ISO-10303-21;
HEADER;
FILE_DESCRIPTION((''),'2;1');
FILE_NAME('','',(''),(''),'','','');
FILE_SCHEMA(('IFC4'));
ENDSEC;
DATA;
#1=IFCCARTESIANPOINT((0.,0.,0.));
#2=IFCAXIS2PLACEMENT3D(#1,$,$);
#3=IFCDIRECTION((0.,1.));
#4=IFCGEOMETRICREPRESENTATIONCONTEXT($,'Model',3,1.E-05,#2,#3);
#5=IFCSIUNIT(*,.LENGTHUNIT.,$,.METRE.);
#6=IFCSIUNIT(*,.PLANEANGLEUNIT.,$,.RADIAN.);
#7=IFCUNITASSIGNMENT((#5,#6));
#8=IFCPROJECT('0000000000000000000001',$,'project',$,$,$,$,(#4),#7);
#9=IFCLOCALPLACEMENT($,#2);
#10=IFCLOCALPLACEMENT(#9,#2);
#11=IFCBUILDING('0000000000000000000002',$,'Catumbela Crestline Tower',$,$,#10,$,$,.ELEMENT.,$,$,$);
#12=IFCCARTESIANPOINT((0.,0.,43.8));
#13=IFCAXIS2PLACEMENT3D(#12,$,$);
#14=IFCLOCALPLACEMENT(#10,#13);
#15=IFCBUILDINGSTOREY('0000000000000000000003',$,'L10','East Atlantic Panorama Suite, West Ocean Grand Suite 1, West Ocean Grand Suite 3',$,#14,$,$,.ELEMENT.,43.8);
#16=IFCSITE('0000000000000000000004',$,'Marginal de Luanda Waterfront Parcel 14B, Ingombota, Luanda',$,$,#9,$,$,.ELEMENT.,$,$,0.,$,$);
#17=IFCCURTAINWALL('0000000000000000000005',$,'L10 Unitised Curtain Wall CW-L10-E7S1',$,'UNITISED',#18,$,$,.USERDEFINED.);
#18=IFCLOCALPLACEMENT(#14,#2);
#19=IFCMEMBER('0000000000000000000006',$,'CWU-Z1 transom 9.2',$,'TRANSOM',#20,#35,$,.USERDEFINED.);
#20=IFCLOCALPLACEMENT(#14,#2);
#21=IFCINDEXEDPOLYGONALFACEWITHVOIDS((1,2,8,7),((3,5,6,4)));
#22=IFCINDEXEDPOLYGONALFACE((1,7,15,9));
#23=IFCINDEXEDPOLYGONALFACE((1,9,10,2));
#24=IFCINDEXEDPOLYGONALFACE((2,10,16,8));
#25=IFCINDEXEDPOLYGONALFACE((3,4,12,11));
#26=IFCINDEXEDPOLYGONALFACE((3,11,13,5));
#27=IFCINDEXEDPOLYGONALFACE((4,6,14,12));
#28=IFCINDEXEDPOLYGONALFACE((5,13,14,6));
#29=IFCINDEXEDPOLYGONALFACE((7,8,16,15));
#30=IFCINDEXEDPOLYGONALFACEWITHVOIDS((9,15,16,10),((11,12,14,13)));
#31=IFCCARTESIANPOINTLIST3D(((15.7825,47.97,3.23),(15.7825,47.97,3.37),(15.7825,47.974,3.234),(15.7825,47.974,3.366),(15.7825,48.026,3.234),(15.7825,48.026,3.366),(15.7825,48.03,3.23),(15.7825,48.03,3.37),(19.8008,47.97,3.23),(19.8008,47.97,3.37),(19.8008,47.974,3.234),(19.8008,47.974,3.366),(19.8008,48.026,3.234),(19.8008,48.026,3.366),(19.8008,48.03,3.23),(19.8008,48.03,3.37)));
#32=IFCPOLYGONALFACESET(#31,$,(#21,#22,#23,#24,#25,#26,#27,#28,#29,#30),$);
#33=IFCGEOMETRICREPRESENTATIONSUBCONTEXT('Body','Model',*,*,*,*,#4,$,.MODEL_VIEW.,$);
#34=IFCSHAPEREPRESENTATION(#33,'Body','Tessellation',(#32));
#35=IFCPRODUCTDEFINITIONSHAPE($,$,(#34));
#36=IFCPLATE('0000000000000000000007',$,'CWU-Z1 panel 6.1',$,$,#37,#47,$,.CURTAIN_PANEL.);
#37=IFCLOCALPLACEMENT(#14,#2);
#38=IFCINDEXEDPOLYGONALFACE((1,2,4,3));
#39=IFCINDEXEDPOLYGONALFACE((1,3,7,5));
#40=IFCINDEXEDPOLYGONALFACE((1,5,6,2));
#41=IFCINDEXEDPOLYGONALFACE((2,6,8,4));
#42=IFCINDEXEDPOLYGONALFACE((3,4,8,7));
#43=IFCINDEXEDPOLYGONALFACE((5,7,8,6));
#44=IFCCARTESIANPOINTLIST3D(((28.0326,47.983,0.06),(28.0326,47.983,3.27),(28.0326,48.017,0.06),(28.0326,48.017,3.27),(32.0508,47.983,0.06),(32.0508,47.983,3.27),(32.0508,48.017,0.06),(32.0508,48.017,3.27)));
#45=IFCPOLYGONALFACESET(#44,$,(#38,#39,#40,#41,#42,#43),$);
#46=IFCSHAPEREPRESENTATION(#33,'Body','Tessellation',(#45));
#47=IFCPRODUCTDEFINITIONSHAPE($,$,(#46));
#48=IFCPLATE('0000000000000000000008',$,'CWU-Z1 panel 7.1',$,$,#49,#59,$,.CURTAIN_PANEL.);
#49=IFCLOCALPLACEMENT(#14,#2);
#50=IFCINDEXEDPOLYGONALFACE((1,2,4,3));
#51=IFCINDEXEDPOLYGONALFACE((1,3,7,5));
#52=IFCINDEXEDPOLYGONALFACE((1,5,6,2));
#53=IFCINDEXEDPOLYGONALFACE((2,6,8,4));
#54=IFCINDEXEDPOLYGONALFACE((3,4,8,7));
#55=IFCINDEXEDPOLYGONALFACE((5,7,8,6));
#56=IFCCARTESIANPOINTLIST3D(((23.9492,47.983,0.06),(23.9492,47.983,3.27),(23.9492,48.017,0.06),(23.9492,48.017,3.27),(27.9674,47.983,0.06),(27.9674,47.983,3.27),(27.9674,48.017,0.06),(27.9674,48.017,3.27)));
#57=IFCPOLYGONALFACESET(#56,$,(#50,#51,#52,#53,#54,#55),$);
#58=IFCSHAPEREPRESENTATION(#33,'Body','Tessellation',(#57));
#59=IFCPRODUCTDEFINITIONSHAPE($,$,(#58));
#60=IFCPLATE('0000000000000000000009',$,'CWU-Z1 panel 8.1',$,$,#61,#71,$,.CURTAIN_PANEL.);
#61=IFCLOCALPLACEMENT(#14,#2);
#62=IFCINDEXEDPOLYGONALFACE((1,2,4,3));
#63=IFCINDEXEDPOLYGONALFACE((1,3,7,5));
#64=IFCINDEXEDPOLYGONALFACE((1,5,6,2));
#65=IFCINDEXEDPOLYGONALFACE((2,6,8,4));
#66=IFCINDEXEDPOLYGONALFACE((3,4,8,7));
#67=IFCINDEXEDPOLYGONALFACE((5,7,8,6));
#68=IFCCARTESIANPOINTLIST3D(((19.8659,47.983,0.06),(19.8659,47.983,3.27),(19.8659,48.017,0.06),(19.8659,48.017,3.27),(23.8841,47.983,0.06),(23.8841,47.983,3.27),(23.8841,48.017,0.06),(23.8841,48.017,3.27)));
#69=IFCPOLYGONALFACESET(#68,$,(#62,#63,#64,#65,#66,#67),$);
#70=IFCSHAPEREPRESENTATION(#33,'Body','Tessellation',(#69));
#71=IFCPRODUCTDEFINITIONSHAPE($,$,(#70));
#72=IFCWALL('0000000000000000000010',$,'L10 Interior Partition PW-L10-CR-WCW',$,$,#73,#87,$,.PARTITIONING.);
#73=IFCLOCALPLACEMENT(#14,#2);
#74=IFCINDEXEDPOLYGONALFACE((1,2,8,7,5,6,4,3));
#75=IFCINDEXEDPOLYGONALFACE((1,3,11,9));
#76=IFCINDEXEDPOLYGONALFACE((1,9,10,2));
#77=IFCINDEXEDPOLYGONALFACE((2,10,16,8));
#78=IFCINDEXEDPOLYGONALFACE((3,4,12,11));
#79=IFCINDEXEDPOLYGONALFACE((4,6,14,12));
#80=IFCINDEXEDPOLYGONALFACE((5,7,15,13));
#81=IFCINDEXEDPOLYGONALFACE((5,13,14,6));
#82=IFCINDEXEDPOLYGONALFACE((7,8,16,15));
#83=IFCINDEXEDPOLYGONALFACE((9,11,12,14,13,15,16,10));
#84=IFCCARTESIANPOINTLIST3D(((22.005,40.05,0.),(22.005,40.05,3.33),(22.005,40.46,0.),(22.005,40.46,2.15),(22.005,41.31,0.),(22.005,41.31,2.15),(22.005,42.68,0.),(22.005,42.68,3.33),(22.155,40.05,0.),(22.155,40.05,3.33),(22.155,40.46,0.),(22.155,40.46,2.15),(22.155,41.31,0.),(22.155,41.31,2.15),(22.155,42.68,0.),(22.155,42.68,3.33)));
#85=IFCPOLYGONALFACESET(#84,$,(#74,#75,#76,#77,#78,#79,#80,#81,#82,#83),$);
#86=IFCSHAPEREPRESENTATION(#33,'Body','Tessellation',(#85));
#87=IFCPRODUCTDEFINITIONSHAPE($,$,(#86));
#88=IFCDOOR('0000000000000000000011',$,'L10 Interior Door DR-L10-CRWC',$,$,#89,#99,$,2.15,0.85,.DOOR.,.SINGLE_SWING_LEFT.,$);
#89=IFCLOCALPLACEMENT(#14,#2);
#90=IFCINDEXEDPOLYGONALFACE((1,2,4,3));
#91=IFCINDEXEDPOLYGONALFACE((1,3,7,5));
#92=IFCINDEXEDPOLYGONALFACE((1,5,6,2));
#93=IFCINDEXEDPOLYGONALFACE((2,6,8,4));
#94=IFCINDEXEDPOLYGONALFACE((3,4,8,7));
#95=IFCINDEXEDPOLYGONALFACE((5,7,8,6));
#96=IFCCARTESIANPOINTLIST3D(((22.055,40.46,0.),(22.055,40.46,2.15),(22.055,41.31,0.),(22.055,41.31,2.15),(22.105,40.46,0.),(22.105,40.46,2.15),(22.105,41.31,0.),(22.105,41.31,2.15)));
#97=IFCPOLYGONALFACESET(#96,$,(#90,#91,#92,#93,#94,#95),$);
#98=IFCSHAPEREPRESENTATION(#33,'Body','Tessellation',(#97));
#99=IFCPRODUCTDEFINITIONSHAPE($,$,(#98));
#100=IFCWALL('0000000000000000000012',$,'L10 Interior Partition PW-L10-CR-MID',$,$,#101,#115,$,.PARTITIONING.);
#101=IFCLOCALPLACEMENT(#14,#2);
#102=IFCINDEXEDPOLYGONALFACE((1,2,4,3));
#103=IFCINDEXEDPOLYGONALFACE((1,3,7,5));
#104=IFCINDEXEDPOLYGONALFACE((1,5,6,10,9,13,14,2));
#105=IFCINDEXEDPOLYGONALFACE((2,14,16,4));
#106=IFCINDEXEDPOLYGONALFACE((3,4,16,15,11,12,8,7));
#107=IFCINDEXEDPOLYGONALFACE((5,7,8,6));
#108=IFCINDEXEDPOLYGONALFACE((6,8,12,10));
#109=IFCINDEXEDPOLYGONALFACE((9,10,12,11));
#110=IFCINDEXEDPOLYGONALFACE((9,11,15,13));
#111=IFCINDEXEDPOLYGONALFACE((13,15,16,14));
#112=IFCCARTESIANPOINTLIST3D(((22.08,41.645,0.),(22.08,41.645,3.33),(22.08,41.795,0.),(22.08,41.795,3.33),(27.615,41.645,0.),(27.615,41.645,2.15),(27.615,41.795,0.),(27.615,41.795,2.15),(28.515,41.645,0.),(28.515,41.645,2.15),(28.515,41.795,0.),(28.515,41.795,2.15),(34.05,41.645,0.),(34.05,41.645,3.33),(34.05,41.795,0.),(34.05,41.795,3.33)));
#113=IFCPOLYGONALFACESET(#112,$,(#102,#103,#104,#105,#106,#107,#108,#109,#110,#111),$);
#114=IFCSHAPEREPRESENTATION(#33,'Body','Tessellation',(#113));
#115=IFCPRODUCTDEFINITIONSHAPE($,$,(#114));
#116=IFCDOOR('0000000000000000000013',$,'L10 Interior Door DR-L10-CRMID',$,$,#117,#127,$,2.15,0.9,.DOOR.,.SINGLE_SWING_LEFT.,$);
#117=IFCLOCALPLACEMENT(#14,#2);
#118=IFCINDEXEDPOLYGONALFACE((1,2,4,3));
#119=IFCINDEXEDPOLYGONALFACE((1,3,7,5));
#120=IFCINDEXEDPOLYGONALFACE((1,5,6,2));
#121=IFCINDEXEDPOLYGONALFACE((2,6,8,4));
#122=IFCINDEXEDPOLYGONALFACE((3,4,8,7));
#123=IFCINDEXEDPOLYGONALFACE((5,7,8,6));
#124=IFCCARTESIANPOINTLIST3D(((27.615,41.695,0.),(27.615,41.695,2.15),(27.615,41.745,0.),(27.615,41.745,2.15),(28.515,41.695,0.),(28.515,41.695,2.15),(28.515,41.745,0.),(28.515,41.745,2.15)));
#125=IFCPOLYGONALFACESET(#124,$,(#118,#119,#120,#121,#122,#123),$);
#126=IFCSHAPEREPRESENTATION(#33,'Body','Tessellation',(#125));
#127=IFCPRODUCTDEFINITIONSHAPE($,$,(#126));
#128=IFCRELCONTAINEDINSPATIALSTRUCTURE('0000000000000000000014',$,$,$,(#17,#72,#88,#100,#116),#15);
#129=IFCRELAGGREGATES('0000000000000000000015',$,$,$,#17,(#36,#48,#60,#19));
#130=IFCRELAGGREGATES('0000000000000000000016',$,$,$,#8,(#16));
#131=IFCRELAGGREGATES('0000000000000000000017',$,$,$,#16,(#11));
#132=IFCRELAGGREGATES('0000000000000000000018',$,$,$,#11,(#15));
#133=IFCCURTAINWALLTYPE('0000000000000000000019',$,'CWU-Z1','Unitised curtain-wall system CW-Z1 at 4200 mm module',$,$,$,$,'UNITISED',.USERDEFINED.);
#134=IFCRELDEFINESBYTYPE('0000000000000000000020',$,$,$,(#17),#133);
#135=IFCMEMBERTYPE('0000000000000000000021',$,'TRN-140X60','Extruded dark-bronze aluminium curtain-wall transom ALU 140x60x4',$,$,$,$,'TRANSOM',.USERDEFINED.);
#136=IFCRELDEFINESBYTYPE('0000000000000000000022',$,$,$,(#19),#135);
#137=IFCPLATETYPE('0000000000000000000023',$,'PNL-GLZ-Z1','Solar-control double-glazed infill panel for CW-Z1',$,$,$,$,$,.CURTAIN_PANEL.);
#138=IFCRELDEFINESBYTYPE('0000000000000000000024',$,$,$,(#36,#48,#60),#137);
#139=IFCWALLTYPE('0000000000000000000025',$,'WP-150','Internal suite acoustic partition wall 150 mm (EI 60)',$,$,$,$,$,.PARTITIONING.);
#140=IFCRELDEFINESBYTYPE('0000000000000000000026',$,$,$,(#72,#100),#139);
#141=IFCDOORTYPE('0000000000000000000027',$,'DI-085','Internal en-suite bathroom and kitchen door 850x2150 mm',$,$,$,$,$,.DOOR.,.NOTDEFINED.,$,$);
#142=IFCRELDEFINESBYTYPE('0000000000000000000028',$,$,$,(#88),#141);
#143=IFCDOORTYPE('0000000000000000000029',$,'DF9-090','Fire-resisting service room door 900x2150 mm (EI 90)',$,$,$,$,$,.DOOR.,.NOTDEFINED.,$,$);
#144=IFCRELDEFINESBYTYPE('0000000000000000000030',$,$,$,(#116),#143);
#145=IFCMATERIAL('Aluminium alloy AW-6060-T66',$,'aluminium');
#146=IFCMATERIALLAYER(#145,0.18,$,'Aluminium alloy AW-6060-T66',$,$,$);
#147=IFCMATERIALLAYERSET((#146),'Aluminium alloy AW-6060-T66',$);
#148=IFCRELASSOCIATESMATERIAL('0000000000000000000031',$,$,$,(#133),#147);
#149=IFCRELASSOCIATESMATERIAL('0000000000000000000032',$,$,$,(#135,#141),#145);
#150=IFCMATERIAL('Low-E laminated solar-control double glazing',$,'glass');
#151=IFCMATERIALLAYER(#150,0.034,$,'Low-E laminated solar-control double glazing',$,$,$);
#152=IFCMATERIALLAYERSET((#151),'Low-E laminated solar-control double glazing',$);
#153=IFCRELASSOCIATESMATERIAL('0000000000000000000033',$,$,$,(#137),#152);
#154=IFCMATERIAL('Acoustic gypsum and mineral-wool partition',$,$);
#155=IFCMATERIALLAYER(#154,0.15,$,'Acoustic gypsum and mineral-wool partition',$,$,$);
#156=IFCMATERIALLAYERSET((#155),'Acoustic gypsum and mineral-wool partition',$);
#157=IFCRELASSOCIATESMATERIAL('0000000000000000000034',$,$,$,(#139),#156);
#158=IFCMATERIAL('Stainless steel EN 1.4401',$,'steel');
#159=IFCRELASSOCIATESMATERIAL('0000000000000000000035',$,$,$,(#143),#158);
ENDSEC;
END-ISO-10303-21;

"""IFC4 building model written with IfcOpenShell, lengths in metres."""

from ifc_helpers import new_model, si_unit, direction, frame, frame_2d, origin, origin_2d, place, context, subcontext, project, spatial, rectangle, hollow_rectangle, extrude, material, layer, layer_set, material_profile, profile_set, type_object, element, fill, aggregate, save


model = new_model("IFC4")

# Units and contexts
model_context = context("Model", 3, precision=1e-05, world=origin(), true_north=direction((0.0, 1.0)))
body_context = subcontext(model_context, "Body", "Model", "MODEL_VIEW")
ifc_project = project(units=[si_unit("LENGTHUNIT", "METRE"), si_unit("PLANEANGLEUNIT", "RADIAN")], contexts=[model_context])

# Site, building, storey
site_placement = place(None, origin())
site = spatial("IfcSite", under=ifc_project, at=site_placement, Name="Marginal de Luanda Waterfront Parcel 14B, Ingombota, Luanda", CompositionType="ELEMENT", RefElevation=0.0)
building_placement = place(site_placement, origin())
building = spatial("IfcBuilding", under=site, at=building_placement, Name="Catumbela Crestline Tower", CompositionType="ELEMENT")
storey_placement = place(building_placement, frame((0.0, 0.0, 43.8)))
storey = spatial("IfcBuildingStorey", under=building, at=storey_placement, Name="L10", Description="East Atlantic Panorama Suite, West Ocean Grand Suite 1, West Ocean Grand Suite 3", CompositionType="ELEMENT", Elevation=43.8)

# Curtain wall, member, plates
ifc_material_1 = material(Name="Aluminium alloy AW-6060-T66", Category="aluminium")
ifc_layer_1 = layer(ifc_material_1, 0.18, Name="Aluminium alloy AW-6060-T66")
ifc_layer_set_1 = layer_set([ifc_layer_1], Name="Aluminium alloy AW-6060-T66")
curtain_wall_type = type_object("IfcCurtainWallType", Name="CWU-Z1", Description="Unitised curtain-wall system CW-Z1 at 4200 mm module", ElementType="UNITISED", PredefinedType="USERDEFINED", material=ifc_layer_set_1)
curtain_wall_placement = place(storey_placement, origin())
curtain_wall = element("IfcCurtainWall", 1, at=curtain_wall_placement, inside=storey, type_object=curtain_wall_type, Name="L10 Unitised Curtain Wall CW-L10-E7S1", ObjectType="UNITISED", PredefinedType="USERDEFINED")
ifc_material_profile_1 = material_profile(ifc_material_1, hollow_rectangle(XDim=0.06, YDim=0.14, WallThickness=0.004, at=origin_2d()), Name="ALU 140x60x4")
ifc_profile_set_1 = profile_set([ifc_material_profile_1], Name="Aluminium alloy AW-6060-T66")
member_type_1 = type_object("IfcMemberType", Name="TRN-140X60", Description="Extruded dark-bronze aluminium curtain-wall transom ALU 140x60x4", ElementType="TRANSOM", PredefinedType="USERDEFINED", material=ifc_profile_set_1)
member_1_placement = place(storey_placement, frame((19.8008, 48.0, 3.3), z_axis=(-1.0, 0.0, 0.0), x_axis=(0.0, -1.0, 0.0)))
member_1 = element("IfcMember", 2, at=member_1_placement, type_object=member_type_1, Name="CWU-Z1 transom 9.2", ObjectType="TRANSOM", PredefinedType="USERDEFINED", context=body_context, shape_type="SweptSolid", body=[
    extrude(hollow_rectangle(XDim=0.06, YDim=0.14, WallThickness=0.004, at=origin_2d()), origin(), (0.0, 0.0, 1.0), 4.0183),
])
ifc_material_2 = material(Name="Low-E laminated solar-control double glazing", Category="glass")
ifc_layer_2 = layer(ifc_material_2, 0.034, Name="Low-E laminated solar-control double glazing")
ifc_layer_set_2 = layer_set([ifc_layer_2], Name="Low-E laminated solar-control double glazing")
plate_type = type_object("IfcPlateType", Name="PNL-GLZ-Z1", Description="Solar-control double-glazed infill panel for CW-Z1", PredefinedType="CURTAIN_PANEL", material=ifc_layer_set_2)
plate_1_placement = place(storey_placement, frame((30.0417, 48.0, 0.06), z_axis=(0.0, 0.0, 1.0), x_axis=(-1.0, 0.0, 0.0)))
plate_1 = element("IfcPlate", 3, at=plate_1_placement, type_object=plate_type, Name="CWU-Z1 panel 6.1", PredefinedType="CURTAIN_PANEL", context=body_context, shape_type="SweptSolid", body=[
    extrude(rectangle(XDim=4.0183, YDim=0.034, at=origin_2d()), origin(), (0.0, 0.0, 1.0), 3.21),
])
plate_2_placement = place(storey_placement, frame((25.9583, 48.0, 0.06), z_axis=(0.0, 0.0, 1.0), x_axis=(-1.0, 0.0, 0.0)))
plate_2 = element("IfcPlate", 4, at=plate_2_placement, type_object=plate_type, Name="CWU-Z1 panel 7.1", PredefinedType="CURTAIN_PANEL", context=body_context, shape_type="SweptSolid", body=[
    extrude(rectangle(XDim=4.0183, YDim=0.034, at=origin_2d()), origin(), (0.0, 0.0, 1.0), 3.21),
])
plate_3_placement = place(storey_placement, frame((21.875, 48.0, 0.06), z_axis=(0.0, 0.0, 1.0), x_axis=(-1.0, 0.0, 0.0)))
plate_3 = element("IfcPlate", 5, at=plate_3_placement, type_object=plate_type, Name="CWU-Z1 panel 8.1", PredefinedType="CURTAIN_PANEL", context=body_context, shape_type="SweptSolid", body=[
    extrude(rectangle(XDim=4.0183, YDim=0.034, at=origin_2d()), origin(), (0.0, 0.0, 1.0), 3.21),
])
aggregate(curtain_wall, [plate_1, plate_2, plate_3, member_1])

# Walls, openings, doors
ifc_material_3 = material(Name="Acoustic gypsum and mineral-wool partition")
ifc_layer_3 = layer(ifc_material_3, 0.15, Name="Acoustic gypsum and mineral-wool partition")
ifc_layer_set_3 = layer_set([ifc_layer_3], Name="Acoustic gypsum and mineral-wool partition")
wall_type = type_object("IfcWallType", Name="WP-150", Description="Internal suite acoustic partition wall 150 mm (EI 60)", PredefinedType="PARTITIONING", material=ifc_layer_set_3)
wall_1_placement = place(storey_placement, frame((22.08, 40.05, 0.0), z_axis=(0.0, 0.0, 1.0), x_axis=(0.0, 1.0, 0.0)))
wall_1 = element("IfcWall", 6, at=wall_1_placement, inside=storey, type_object=wall_type, Name="L10 Interior Partition PW-L10-CR-WCW", PredefinedType="PARTITIONING", context=body_context, shape_type="SweptSolid", body=[
    extrude(rectangle(XDim=2.63, YDim=0.15, at=frame_2d((1.315, 0.0))), origin(), (0.0, 0.0, 1.0), 3.33),
])
opening_1_placement = place(wall_1_placement, frame((0.41, 0.0, 0.0)))
opening_1 = element("IfcOpeningElement", 7, at=opening_1_placement, cuts=wall_1, PredefinedType="OPENING", context=body_context, shape_type="SweptSolid", body=[
    extrude(rectangle(XDim=0.85, YDim=2.15, at=frame_2d((0.425, 1.075))), frame((0.0, 0.085, 0.0), z_axis=(0.0, -1.0, 0.0), x_axis=(1.0, 0.0, 0.0)), (0.0, 0.0, 1.0), 0.17),
])
door_type_1 = type_object("IfcDoorType", Name="DI-085", Description="Internal en-suite bathroom and kitchen door 850x2150 mm", OperationType="NOTDEFINED", PredefinedType="DOOR", material=ifc_material_1)
door_1_placement = place(opening_1_placement, origin())
door_1 = element("IfcDoor", 8, at=door_1_placement, inside=storey, type_object=door_type_1, Name="L10 Interior Door DR-L10-CRWC", OperationType="SINGLE_SWING_LEFT", OverallHeight=2.15, OverallWidth=0.85, PredefinedType="DOOR", context=body_context, shape_type="SweptSolid", body=[
    extrude(rectangle(XDim=0.85, YDim=2.15, at=frame_2d((0.425, 1.075))), frame((0.0, 0.025, 0.0), z_axis=(0.0, -1.0, 0.0), x_axis=(1.0, 0.0, 0.0)), (0.0, 0.0, 1.0), 0.05),
])
fill(opening_1, door_1)
wall_2_placement = place(storey_placement, frame((22.08, 41.72, 0.0), z_axis=(0.0, 0.0, 1.0), x_axis=(1.0, 0.0, 0.0)))
wall_2 = element("IfcWall", 9, at=wall_2_placement, inside=storey, type_object=wall_type, Name="L10 Interior Partition PW-L10-CR-MID", PredefinedType="PARTITIONING", context=body_context, shape_type="SweptSolid", body=[
    extrude(rectangle(XDim=11.97, YDim=0.15, at=frame_2d((5.985, 0.0))), origin(), (0.0, 0.0, 1.0), 3.33),
])
opening_2_placement = place(wall_2_placement, frame((5.535, 0.0, 0.0)))
opening_2 = element("IfcOpeningElement", 10, at=opening_2_placement, cuts=wall_2, PredefinedType="OPENING", context=body_context, shape_type="SweptSolid", body=[
    extrude(rectangle(XDim=0.9, YDim=2.15, at=frame_2d((0.45, 1.075))), frame((0.0, 0.085, 0.0), z_axis=(0.0, -1.0, 0.0), x_axis=(1.0, 0.0, 0.0)), (0.0, 0.0, 1.0), 0.17),
])
ifc_material_4 = material(Name="Stainless steel EN 1.4401", Category="steel")
door_type_2 = type_object("IfcDoorType", Name="DF9-090", Description="Fire-resisting service room door 900x2150 mm (EI 90)", OperationType="NOTDEFINED", PredefinedType="DOOR", material=ifc_material_4)
door_2_placement = place(opening_2_placement, origin())
door_2 = element("IfcDoor", 11, at=door_2_placement, inside=storey, type_object=door_type_2, Name="L10 Interior Door DR-L10-CRMID", OperationType="SINGLE_SWING_LEFT", OverallHeight=2.15, OverallWidth=0.9, PredefinedType="DOOR", context=body_context, shape_type="SweptSolid", body=[
    extrude(rectangle(XDim=0.9, YDim=2.15, at=frame_2d((0.45, 1.075))), frame((0.0, 0.025, 0.0), z_axis=(0.0, -1.0, 0.0), x_axis=(1.0, 0.0, 0.0)), (0.0, 0.0, 1.0), 0.05),
])
fill(opening_2, door_2)

save(model, "model.ifc")
